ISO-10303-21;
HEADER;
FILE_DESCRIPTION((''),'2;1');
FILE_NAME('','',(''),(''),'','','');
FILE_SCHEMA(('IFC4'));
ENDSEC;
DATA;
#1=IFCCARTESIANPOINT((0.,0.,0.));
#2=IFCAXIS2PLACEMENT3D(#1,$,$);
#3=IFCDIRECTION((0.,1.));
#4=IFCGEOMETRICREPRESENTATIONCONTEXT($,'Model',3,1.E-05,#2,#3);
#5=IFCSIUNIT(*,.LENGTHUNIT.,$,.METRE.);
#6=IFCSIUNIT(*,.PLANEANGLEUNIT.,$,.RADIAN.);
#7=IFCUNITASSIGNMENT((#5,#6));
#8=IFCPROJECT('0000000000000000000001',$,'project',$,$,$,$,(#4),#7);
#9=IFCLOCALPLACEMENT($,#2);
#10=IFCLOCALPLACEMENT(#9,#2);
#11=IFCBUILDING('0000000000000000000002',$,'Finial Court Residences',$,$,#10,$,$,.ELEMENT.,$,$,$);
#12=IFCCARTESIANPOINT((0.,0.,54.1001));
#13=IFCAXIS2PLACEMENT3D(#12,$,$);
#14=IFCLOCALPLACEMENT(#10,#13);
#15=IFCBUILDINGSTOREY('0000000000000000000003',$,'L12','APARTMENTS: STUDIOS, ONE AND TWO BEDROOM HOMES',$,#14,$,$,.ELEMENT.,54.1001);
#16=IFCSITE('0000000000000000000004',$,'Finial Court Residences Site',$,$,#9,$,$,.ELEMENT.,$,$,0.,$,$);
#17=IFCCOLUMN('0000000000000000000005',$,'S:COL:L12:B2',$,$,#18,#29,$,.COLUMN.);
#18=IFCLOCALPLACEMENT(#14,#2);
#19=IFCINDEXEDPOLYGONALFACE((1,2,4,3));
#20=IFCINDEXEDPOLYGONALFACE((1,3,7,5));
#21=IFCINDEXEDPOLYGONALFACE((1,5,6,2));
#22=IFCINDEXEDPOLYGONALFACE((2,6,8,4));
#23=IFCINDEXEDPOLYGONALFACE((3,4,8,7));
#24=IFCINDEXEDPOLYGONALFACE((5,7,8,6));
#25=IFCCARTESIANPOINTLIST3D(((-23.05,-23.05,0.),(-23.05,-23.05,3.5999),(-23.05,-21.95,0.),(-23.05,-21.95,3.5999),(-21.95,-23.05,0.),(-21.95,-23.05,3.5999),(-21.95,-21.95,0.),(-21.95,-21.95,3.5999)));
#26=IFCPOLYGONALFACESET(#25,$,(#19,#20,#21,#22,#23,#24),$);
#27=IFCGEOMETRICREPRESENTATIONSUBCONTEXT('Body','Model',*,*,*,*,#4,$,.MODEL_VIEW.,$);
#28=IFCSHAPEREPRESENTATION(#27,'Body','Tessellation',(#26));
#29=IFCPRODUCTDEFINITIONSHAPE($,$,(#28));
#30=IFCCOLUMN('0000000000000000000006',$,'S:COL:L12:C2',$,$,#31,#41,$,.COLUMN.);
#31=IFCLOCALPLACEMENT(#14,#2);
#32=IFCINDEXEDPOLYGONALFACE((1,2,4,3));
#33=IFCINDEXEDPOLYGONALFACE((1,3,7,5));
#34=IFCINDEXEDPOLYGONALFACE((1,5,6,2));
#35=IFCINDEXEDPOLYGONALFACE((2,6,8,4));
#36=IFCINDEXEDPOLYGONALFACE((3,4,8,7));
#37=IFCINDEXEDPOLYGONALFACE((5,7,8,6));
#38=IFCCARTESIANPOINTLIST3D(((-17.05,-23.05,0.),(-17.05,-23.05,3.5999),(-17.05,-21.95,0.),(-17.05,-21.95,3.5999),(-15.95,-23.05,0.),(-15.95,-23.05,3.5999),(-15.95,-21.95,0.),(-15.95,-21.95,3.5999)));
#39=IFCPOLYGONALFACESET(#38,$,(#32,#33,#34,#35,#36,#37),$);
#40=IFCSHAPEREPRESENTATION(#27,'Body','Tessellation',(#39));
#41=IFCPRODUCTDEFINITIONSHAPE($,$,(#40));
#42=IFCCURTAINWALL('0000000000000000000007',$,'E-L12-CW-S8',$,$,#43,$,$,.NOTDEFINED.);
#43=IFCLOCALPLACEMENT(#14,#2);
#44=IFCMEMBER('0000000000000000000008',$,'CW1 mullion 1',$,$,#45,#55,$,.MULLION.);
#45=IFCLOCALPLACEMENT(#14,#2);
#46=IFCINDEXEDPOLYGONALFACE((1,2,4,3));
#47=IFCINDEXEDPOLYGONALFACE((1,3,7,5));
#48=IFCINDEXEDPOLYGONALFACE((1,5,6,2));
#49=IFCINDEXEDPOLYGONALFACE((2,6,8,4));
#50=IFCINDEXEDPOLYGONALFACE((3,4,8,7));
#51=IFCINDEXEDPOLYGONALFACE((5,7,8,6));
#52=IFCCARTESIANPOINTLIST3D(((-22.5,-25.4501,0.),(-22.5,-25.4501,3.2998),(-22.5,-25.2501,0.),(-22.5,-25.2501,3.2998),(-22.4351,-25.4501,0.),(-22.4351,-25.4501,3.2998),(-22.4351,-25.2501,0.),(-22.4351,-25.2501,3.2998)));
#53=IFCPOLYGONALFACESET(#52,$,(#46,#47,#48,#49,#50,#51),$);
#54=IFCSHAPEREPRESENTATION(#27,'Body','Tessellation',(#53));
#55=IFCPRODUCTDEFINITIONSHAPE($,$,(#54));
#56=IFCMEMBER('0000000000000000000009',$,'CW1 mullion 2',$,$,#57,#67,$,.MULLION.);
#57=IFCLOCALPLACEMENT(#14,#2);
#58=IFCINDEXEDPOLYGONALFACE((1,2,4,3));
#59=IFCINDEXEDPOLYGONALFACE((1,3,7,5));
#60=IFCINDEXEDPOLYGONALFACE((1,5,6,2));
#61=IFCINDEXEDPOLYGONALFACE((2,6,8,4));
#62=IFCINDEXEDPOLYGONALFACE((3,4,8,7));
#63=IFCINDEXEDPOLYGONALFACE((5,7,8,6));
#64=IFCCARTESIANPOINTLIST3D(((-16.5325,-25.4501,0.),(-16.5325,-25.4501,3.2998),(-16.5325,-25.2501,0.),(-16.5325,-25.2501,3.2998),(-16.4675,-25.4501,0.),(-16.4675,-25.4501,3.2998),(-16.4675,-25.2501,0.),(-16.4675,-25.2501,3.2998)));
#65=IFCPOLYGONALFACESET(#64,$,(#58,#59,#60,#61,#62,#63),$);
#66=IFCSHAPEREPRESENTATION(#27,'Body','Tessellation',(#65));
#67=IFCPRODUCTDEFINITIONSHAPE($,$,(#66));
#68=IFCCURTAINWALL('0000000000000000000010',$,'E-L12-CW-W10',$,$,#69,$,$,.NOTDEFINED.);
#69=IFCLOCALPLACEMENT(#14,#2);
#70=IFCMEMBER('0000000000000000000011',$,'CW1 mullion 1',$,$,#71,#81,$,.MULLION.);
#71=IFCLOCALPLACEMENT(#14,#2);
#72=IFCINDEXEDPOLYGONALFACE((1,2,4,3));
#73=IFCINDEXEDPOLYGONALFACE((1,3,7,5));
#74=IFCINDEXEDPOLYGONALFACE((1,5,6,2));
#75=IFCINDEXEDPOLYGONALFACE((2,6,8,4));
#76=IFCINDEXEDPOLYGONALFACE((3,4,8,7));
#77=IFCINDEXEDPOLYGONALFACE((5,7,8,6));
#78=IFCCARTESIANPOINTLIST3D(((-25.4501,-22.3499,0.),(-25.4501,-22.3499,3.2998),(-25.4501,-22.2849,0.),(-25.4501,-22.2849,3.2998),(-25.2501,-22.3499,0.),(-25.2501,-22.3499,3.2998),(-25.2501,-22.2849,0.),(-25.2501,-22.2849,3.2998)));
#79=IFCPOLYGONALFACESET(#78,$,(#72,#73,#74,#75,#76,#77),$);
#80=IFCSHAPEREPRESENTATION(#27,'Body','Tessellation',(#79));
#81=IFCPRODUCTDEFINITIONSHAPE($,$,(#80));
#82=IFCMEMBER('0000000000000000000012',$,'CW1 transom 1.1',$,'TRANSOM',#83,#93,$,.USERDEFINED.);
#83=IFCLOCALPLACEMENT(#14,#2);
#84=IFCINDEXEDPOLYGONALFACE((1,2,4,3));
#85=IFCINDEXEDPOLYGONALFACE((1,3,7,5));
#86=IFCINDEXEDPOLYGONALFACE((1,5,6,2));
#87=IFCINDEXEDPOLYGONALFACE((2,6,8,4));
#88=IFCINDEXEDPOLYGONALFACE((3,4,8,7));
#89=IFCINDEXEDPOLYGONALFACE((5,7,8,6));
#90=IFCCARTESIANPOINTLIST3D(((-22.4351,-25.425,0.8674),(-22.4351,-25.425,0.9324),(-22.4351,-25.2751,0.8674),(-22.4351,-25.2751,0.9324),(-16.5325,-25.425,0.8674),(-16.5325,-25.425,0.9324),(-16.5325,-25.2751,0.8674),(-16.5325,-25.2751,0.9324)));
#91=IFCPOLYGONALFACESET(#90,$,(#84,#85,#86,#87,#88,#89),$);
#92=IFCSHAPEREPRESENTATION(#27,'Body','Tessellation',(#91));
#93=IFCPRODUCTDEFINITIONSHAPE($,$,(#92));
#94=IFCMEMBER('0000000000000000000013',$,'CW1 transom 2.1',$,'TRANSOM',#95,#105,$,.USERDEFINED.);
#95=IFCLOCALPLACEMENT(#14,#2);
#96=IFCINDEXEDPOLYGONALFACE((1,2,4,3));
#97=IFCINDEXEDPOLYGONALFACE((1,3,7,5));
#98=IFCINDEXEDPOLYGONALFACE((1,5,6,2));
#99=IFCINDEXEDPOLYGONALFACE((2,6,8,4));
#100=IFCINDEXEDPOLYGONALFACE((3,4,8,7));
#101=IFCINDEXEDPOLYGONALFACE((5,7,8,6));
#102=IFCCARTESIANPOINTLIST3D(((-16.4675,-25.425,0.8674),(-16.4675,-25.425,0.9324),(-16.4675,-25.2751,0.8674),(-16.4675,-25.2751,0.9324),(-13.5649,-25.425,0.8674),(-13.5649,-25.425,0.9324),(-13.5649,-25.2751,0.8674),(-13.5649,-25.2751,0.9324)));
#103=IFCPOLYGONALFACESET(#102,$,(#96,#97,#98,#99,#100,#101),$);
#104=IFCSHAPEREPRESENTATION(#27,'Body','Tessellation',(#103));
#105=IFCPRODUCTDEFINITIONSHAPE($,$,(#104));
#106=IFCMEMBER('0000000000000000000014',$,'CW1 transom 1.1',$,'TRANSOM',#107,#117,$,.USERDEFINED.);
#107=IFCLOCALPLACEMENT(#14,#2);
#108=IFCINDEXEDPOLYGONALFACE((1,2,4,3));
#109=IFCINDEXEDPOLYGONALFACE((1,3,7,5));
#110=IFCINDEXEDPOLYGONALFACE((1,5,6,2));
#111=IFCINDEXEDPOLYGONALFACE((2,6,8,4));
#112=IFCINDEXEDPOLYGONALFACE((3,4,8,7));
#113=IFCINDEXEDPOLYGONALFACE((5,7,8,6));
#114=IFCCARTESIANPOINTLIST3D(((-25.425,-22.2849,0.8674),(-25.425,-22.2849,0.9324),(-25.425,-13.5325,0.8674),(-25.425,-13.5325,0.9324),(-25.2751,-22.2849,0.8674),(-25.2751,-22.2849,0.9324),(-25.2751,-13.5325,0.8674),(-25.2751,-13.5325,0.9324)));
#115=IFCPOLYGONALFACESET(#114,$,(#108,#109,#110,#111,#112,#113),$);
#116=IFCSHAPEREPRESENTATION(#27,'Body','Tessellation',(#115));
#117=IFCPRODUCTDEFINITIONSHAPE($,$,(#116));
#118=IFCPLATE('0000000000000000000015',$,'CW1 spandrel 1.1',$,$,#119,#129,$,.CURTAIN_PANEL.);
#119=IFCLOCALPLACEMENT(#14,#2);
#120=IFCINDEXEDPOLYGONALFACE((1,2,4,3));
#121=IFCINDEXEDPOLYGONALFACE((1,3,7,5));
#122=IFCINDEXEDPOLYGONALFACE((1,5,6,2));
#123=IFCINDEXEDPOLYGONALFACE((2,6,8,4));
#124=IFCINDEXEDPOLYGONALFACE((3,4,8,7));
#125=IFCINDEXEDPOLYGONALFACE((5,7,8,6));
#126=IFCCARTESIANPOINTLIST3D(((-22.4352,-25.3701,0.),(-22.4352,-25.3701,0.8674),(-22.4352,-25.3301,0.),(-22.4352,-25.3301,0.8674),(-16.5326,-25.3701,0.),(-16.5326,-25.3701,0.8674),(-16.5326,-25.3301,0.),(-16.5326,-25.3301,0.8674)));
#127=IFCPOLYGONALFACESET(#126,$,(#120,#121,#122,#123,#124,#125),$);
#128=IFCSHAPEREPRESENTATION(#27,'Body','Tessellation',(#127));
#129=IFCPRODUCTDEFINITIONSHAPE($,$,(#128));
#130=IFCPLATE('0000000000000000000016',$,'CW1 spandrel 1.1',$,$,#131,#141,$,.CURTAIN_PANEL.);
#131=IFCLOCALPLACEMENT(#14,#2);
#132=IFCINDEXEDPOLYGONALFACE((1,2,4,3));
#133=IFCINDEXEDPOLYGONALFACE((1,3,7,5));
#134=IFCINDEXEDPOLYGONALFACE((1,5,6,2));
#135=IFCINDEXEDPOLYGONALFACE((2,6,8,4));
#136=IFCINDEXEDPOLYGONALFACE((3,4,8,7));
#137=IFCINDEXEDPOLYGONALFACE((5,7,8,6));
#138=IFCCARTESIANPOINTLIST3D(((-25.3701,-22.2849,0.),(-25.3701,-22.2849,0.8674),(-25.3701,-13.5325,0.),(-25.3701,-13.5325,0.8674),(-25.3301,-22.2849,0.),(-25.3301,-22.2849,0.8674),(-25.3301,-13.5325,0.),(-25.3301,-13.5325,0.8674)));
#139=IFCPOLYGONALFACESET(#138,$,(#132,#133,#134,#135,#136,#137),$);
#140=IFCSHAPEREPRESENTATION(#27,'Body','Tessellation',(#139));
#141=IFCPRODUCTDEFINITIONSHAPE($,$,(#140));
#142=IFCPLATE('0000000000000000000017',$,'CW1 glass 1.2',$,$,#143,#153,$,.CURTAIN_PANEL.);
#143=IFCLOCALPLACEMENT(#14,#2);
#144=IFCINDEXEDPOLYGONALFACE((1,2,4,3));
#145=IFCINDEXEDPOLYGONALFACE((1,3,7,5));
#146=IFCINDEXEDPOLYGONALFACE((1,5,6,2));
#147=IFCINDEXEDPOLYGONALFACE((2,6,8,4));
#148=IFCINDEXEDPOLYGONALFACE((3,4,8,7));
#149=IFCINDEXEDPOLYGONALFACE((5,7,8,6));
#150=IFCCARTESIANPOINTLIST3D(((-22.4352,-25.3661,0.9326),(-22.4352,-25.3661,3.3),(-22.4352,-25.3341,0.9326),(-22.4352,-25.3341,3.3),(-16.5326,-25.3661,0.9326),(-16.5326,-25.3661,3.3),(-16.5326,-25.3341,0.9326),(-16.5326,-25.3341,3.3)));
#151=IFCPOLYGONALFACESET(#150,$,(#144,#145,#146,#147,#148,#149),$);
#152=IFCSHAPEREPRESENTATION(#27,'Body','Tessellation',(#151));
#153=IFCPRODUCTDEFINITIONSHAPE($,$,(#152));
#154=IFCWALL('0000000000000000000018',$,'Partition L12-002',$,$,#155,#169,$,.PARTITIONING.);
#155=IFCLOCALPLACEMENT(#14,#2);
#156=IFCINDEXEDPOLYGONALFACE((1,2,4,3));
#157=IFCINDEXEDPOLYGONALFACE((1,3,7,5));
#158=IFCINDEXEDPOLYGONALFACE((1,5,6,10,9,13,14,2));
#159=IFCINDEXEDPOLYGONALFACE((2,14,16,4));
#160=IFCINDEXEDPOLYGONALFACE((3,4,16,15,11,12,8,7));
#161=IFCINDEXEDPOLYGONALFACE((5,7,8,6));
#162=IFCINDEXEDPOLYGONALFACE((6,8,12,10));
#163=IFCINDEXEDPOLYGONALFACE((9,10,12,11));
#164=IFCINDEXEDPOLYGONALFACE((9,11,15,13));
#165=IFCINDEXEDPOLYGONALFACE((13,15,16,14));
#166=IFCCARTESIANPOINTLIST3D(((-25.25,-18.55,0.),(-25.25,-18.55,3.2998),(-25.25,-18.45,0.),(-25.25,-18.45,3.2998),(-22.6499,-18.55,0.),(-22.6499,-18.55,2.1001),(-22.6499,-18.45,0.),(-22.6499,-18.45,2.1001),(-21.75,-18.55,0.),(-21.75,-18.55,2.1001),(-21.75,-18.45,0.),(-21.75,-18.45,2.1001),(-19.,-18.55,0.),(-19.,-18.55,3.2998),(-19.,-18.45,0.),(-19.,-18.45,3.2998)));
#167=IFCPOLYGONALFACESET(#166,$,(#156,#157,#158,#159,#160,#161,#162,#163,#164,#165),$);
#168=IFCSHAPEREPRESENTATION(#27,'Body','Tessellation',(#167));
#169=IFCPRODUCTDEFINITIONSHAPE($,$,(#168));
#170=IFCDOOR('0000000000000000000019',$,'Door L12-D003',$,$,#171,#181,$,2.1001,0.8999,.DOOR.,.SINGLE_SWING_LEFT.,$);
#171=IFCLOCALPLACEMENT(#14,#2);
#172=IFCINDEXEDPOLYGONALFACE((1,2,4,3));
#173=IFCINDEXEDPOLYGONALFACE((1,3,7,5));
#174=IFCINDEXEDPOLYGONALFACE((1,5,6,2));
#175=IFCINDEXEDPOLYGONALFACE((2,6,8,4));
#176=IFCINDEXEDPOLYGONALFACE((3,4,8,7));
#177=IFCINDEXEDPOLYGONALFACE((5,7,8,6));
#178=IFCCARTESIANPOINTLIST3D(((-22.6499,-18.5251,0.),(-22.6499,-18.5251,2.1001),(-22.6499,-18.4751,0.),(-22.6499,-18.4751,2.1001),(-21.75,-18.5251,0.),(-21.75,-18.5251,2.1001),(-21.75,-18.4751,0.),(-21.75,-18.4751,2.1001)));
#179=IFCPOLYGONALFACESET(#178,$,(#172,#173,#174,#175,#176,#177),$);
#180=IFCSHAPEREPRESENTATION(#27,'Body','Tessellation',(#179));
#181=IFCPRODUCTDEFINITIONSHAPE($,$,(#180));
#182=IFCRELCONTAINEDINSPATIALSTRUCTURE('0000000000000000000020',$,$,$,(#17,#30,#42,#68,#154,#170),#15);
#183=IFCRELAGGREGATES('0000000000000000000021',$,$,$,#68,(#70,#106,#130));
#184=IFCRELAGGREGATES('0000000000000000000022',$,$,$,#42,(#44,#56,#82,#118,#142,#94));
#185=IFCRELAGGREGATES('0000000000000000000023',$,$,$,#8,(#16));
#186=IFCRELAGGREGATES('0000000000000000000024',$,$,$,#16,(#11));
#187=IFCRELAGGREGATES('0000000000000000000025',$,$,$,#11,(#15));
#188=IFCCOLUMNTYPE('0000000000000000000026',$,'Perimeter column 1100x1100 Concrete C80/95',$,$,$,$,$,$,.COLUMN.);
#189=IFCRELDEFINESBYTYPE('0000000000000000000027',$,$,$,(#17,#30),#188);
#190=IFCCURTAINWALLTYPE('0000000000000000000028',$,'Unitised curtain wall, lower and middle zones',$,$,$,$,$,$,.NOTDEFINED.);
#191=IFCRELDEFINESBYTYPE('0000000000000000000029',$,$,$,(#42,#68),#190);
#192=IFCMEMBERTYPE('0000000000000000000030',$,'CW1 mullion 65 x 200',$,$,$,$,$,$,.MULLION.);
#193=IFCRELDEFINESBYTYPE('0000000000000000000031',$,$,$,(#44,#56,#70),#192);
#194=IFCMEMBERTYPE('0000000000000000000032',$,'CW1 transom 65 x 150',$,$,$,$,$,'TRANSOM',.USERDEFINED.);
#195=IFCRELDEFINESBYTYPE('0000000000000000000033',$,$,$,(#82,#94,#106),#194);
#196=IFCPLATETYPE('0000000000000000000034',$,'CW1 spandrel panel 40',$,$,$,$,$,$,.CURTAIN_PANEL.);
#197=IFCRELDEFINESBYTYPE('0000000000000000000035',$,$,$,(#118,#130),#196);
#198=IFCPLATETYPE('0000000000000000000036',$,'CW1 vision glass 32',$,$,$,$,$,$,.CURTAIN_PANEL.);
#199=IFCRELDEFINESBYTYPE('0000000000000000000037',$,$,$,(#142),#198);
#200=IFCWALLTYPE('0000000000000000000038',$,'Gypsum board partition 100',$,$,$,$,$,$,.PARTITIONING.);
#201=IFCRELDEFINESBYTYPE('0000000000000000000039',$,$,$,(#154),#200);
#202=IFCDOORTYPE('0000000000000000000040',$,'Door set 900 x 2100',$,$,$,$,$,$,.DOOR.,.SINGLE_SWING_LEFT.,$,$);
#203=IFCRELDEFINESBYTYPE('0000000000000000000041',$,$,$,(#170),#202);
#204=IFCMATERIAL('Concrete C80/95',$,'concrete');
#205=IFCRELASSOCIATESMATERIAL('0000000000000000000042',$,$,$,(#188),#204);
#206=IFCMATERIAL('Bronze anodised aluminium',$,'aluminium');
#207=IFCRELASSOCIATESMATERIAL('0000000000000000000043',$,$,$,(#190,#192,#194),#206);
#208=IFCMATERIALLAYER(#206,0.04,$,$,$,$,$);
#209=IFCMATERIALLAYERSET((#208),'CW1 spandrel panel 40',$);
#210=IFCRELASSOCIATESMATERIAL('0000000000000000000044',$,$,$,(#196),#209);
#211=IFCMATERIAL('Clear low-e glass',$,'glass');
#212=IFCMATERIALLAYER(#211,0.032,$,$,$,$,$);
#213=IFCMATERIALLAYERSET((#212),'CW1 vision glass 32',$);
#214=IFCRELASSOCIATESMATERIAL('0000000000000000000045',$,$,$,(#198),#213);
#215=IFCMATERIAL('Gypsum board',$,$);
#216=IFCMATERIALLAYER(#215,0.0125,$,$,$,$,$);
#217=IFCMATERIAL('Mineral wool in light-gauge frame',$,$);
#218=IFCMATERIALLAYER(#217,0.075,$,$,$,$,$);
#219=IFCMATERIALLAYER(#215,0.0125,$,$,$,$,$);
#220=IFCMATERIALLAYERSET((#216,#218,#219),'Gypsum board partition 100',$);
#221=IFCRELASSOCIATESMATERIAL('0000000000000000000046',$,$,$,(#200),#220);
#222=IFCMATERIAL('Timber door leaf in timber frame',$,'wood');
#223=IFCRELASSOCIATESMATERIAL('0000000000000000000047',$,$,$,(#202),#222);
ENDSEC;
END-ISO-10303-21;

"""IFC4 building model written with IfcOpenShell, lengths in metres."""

from ifc_helpers import new_model, si_unit, direction, frame, frame_2d, origin, origin_2d, place, context, subcontext, project, spatial, rectangle, extrude, material, layer, layer_set, material_profile, profile_set, type_object, element, fill, aggregate, save


model = new_model("IFC4")

# Units and contexts
model_context = context("Model", 3, precision=1e-05, world=origin(), true_north=direction((0.0, 1.0)))
body_context = subcontext(model_context, "Body", "Model", "MODEL_VIEW")
ifc_project = project(units=[si_unit("LENGTHUNIT", "METRE"), si_unit("PLANEANGLEUNIT", "RADIAN")], contexts=[model_context])

# Site, building, storey
site_placement = place(None, origin())
site = spatial("IfcSite", under=ifc_project, at=site_placement, Name="Finial Court Residences Site", CompositionType="ELEMENT", RefElevation=0.0)
building_placement = place(site_placement, origin())
building = spatial("IfcBuilding", under=site, at=building_placement, Name="Finial Court Residences", CompositionType="ELEMENT")
storey_placement = place(building_placement, frame((0.0, 0.0, 54.1001)))
storey = spatial("IfcBuildingStorey", under=building, at=storey_placement, Name="L12", Description="APARTMENTS: STUDIOS, ONE AND TWO BEDROOM HOMES", CompositionType="ELEMENT", Elevation=54.1001)

# Columns
ifc_material_1 = material(Name="Concrete C80/95", Category="concrete")
ifc_material_profile_1 = material_profile(ifc_material_1, rectangle(XDim=1.1001, YDim=1.1001, at=origin_2d()), Name="1100x1100")
ifc_profile_set_1 = profile_set([ifc_material_profile_1], Name="Concrete C80/95")
column_type = type_object("IfcColumnType", Name="Perimeter column 1100x1100 Concrete C80/95", PredefinedType="COLUMN", material=ifc_profile_set_1)
for number, where, z_axis, x_axis, name in (
    (1, (-22.5, -22.5, 0.0), (0.0, 0.0, 1.0), (1.0, 0.0, 0.0), "S:COL:L12:B2"),
    (2, (-16.5, -22.5, 0.0), (0.0, 0.0, 1.0), (1.0, 0.0, 0.0), "S:COL:L12:C2"),
):
    element("IfcColumn", number, at=place(storey_placement, frame(where, z_axis=z_axis, x_axis=x_axis)), inside=storey, type_object=column_type, Name=name, PredefinedType="COLUMN", context=body_context, shape_type="SweptSolid", body=[
        extrude(rectangle(XDim=1.1001, YDim=1.1001, at=origin_2d()), origin(), (0.0, 0.0, 1.0), 3.5999),
    ])

# Curtain wall, members
ifc_material_2 = material(Name="Bronze anodised aluminium", Category="aluminium")
curtain_wall_type = type_object("IfcCurtainWallType", Name="Unitised curtain wall, lower and middle zones", PredefinedType="NOTDEFINED", material=ifc_material_2)
curtain_wall_1_placement = place(storey_placement, origin())
curtain_wall_1 = element("IfcCurtainWall", 3, at=curtain_wall_1_placement, inside=storey, type_object=curtain_wall_type, Name="E-L12-CW-S8", PredefinedType="NOTDEFINED")
ifc_material_profile_2 = material_profile(ifc_material_2, rectangle(XDim=0.2, YDim=0.0649, at=origin_2d()), Name="CW1 mullion 65 x 200")
ifc_profile_set_2 = profile_set([ifc_material_profile_2], Name="Bronze anodised aluminium")
member_type_1 = type_object("IfcMemberType", Name="CW1 mullion 65 x 200", PredefinedType="MULLION", material=ifc_profile_set_2)
member_1_placement = place(storey_placement, frame((-22.4675, -25.3501, 0.0), z_axis=(0.0, 0.0, 1.0), x_axis=(0.0, 1.0, 0.0)))
member_1 = element("IfcMember", 4, at=member_1_placement, type_object=member_type_1, Name="CW1 mullion 1", PredefinedType="MULLION", context=body_context, shape_type="SweptSolid", body=[
    extrude(rectangle(XDim=0.2, YDim=0.0649, at=origin_2d()), origin(), (0.0, 0.0, 1.0), 3.2998),
])
member_2_placement = place(storey_placement, frame((-16.5, -25.3501, 0.0), z_axis=(0.0, 0.0, 1.0), x_axis=(0.0, 1.0, 0.0)))
member_2 = element("IfcMember", 5, at=member_2_placement, type_object=member_type_1, Name="CW1 mullion 2", PredefinedType="MULLION", context=body_context, shape_type="SweptSolid", body=[
    extrude(rectangle(XDim=0.2, YDim=0.0649, at=origin_2d()), origin(), (0.0, 0.0, 1.0), 3.2998),
])

# Curtain wall, member
curtain_wall_2_placement = place(storey_placement, origin())
curtain_wall_2 = element("IfcCurtainWall", 6, at=curtain_wall_2_placement, inside=storey, type_object=curtain_wall_type, Name="E-L12-CW-W10", PredefinedType="NOTDEFINED")
member_3_placement = place(storey_placement, frame((-25.3501, -22.3174, 0.0), z_axis=(0.0, 0.0, 1.0), x_axis=(-1.0, 0.0, 0.0)))
member_3 = element("IfcMember", 7, at=member_3_placement, type_object=member_type_1, Name="CW1 mullion 1", PredefinedType="MULLION", context=body_context, shape_type="SweptSolid", body=[
    extrude(rectangle(XDim=0.2, YDim=0.0649, at=origin_2d()), origin(), (0.0, 0.0, 1.0), 3.2998),
])

# Members
ifc_material_profile_3 = material_profile(ifc_material_2, rectangle(XDim=0.1499, YDim=0.0649, at=origin_2d()), Name="CW1 transom 65 x 150")
ifc_profile_set_3 = profile_set([ifc_material_profile_3], Name="Bronze anodised aluminium")
member_type_2 = type_object("IfcMemberType", Name="CW1 transom 65 x 150", ElementType="TRANSOM", PredefinedType="USERDEFINED", material=ifc_profile_set_3)
member_4_placement = place(storey_placement, frame((-22.4351, -25.3501, 0.8999), z_axis=(1.0, 0.0, 0.0), x_axis=(0.0, 1.0, 0.0)))
member_4 = element("IfcMember", 8, at=member_4_placement, type_object=member_type_2, Name="CW1 transom 1.1", ObjectType="TRANSOM", PredefinedType="USERDEFINED", context=body_context, shape_type="SweptSolid", body=[
    extrude(rectangle(XDim=0.1499, YDim=0.0649, at=origin_2d()), origin(), (0.0, 0.0, 1.0), 5.9026),
])
member_5_placement = place(storey_placement, frame((-16.4675, -25.3501, 0.8999), z_axis=(1.0, 0.0, 0.0), x_axis=(0.0, 1.0, 0.0)))
member_5 = element("IfcMember", 9, at=member_5_placement, type_object=member_type_2, Name="CW1 transom 2.1", ObjectType="TRANSOM", PredefinedType="USERDEFINED", context=body_context, shape_type="SweptSolid", body=[
    extrude(rectangle(XDim=0.1499, YDim=0.0649, at=origin_2d()), origin(), (0.0, 0.0, 1.0), 2.9026),
])
member_6_placement = place(storey_placement, frame((-25.3501, -22.2849, 0.8999), z_axis=(0.0, 1.0, 0.0), x_axis=(-1.0, 0.0, 0.0)))
member_6 = element("IfcMember", 10, at=member_6_placement, type_object=member_type_2, Name="CW1 transom 1.1", ObjectType="TRANSOM", PredefinedType="USERDEFINED", context=body_context, shape_type="SweptSolid", body=[
    extrude(rectangle(XDim=0.1499, YDim=0.0649, at=origin_2d()), origin(), (0.0, 0.0, 1.0), 8.7524),
])

# Plates
ifc_layer_1 = layer(ifc_material_2, 0.04)
ifc_layer_set_1 = layer_set([ifc_layer_1], Name="CW1 spandrel panel 40")
plate_type_1 = type_object("IfcPlateType", Name="CW1 spandrel panel 40", PredefinedType="CURTAIN_PANEL", material=ifc_layer_set_1)
plate_1_placement = place(storey_placement, frame((-19.4839, -25.3501, 0.0), z_axis=(0.0, 0.0, 1.0), x_axis=(1.0, 0.0, 0.0)))
plate_1 = element("IfcPlate", 11, at=plate_1_placement, type_object=plate_type_1, Name="CW1 spandrel 1.1", PredefinedType="CURTAIN_PANEL", context=body_context, shape_type="SweptSolid", body=[
    extrude(rectangle(XDim=5.9026, YDim=0.04, at=origin_2d()), origin(), (0.0, 0.0, 1.0), 0.8674),
])
plate_2_placement = place(storey_placement, frame((-25.3501, -17.9087, 0.0), z_axis=(0.0, 0.0, 1.0), x_axis=(0.0, 1.0, 0.0)))
plate_2 = element("IfcPlate", 12, at=plate_2_placement, type_object=plate_type_1, Name="CW1 spandrel 1.1", PredefinedType="CURTAIN_PANEL", context=body_context, shape_type="SweptSolid", body=[
    extrude(rectangle(XDim=8.7524, YDim=0.04, at=origin_2d()), origin(), (0.0, 0.0, 1.0), 0.8674),
])
aggregate(curtain_wall_2, [member_3, member_6, plate_2])
ifc_material_3 = material(Name="Clear low-e glass", Category="glass")
ifc_layer_2 = layer(ifc_material_3, 0.032)
ifc_layer_set_2 = layer_set([ifc_layer_2], Name="CW1 vision glass 32")
plate_type_2 = type_object("IfcPlateType", Name="CW1 vision glass 32", PredefinedType="CURTAIN_PANEL", material=ifc_layer_set_2)
plate_3_placement = place(storey_placement, frame((-19.4839, -25.3501, 0.9326), z_axis=(0.0, 0.0, 1.0), x_axis=(1.0, 0.0, 0.0)))
plate_3 = element("IfcPlate", 13, at=plate_3_placement, type_object=plate_type_2, Name="CW1 glass 1.2", PredefinedType="CURTAIN_PANEL", context=body_context, shape_type="SweptSolid", body=[
    extrude(rectangle(XDim=5.9026, YDim=0.032, at=origin_2d()), origin(), (0.0, 0.0, 1.0), 2.3674),
])
aggregate(curtain_wall_1, [member_1, member_2, member_4, plate_1, plate_3, member_5])

# Wall, opening, door
ifc_material_4 = material(Name="Gypsum board")
ifc_layer_3 = layer(ifc_material_4, 0.0125)
ifc_material_5 = material(Name="Mineral wool in light-gauge frame")
ifc_layer_4 = layer(ifc_material_5, 0.075)
ifc_layer_5 = layer(ifc_material_4, 0.0125)
ifc_layer_set_3 = layer_set([ifc_layer_3, ifc_layer_4, ifc_layer_5], Name="Gypsum board partition 100")
wall_type_1 = type_object("IfcWallType", Name="Gypsum board partition 100", PredefinedType="PARTITIONING", material=ifc_layer_set_3)
wall_1_placement = place(storey_placement, frame((-25.25, -18.5, 0.0), z_axis=(0.0, 0.0, 1.0), x_axis=(1.0, 0.0, 0.0)))
wall_1 = element("IfcWall", 14, at=wall_1_placement, inside=storey, type_object=wall_type_1, Name="Partition L12-002", PredefinedType="PARTITIONING", context=body_context, shape_type="SweptSolid", body=[
    extrude(rectangle(XDim=6.25, YDim=0.1001, at=frame_2d((3.125, 0.0))), origin(), (0.0, 0.0, 1.0), 3.2998),
])
opening_1_placement = place(wall_1_placement, frame((2.6001, 0.0, 0.0)))
opening_1 = element("IfcOpeningElement", 15, at=opening_1_placement, cuts=wall_1, PredefinedType="OPENING", context=body_context, shape_type="SweptSolid", body=[
    extrude(rectangle(XDim=0.8999, YDim=2.1001, at=frame_2d((0.45, 1.05))), frame((0.0, 0.0601, 0.0), z_axis=(0.0, -1.0, 0.0), x_axis=(1.0, 0.0, 0.0)), (0.0, 0.0, 1.0), 0.1201),
])
ifc_material_6 = material(Name="Timber door leaf in timber frame", Category="wood")
door_type = type_object("IfcDoorType", Name="Door set 900 x 2100", OperationType="SINGLE_SWING_LEFT", PredefinedType="DOOR", material=ifc_material_6)
door_1_placement = place(opening_1_placement, origin())
door_1 = element("IfcDoor", 16, at=door_1_placement, inside=storey, type_object=door_type, Name="Door L12-D003", OperationType="SINGLE_SWING_LEFT", OverallHeight=2.1001, OverallWidth=0.8999, PredefinedType="DOOR", context=body_context, shape_type="SweptSolid", body=[
    extrude(rectangle(XDim=0.8999, YDim=2.1001, at=frame_2d((0.45, 1.05))), frame((0.0, 0.0249, 0.0), z_axis=(0.0, -1.0, 0.0), x_axis=(1.0, 0.0, 0.0)), (0.0, 0.0, 1.0), 0.05),
])
fill(opening_1, door_1)

save(model, "model.ifc")
